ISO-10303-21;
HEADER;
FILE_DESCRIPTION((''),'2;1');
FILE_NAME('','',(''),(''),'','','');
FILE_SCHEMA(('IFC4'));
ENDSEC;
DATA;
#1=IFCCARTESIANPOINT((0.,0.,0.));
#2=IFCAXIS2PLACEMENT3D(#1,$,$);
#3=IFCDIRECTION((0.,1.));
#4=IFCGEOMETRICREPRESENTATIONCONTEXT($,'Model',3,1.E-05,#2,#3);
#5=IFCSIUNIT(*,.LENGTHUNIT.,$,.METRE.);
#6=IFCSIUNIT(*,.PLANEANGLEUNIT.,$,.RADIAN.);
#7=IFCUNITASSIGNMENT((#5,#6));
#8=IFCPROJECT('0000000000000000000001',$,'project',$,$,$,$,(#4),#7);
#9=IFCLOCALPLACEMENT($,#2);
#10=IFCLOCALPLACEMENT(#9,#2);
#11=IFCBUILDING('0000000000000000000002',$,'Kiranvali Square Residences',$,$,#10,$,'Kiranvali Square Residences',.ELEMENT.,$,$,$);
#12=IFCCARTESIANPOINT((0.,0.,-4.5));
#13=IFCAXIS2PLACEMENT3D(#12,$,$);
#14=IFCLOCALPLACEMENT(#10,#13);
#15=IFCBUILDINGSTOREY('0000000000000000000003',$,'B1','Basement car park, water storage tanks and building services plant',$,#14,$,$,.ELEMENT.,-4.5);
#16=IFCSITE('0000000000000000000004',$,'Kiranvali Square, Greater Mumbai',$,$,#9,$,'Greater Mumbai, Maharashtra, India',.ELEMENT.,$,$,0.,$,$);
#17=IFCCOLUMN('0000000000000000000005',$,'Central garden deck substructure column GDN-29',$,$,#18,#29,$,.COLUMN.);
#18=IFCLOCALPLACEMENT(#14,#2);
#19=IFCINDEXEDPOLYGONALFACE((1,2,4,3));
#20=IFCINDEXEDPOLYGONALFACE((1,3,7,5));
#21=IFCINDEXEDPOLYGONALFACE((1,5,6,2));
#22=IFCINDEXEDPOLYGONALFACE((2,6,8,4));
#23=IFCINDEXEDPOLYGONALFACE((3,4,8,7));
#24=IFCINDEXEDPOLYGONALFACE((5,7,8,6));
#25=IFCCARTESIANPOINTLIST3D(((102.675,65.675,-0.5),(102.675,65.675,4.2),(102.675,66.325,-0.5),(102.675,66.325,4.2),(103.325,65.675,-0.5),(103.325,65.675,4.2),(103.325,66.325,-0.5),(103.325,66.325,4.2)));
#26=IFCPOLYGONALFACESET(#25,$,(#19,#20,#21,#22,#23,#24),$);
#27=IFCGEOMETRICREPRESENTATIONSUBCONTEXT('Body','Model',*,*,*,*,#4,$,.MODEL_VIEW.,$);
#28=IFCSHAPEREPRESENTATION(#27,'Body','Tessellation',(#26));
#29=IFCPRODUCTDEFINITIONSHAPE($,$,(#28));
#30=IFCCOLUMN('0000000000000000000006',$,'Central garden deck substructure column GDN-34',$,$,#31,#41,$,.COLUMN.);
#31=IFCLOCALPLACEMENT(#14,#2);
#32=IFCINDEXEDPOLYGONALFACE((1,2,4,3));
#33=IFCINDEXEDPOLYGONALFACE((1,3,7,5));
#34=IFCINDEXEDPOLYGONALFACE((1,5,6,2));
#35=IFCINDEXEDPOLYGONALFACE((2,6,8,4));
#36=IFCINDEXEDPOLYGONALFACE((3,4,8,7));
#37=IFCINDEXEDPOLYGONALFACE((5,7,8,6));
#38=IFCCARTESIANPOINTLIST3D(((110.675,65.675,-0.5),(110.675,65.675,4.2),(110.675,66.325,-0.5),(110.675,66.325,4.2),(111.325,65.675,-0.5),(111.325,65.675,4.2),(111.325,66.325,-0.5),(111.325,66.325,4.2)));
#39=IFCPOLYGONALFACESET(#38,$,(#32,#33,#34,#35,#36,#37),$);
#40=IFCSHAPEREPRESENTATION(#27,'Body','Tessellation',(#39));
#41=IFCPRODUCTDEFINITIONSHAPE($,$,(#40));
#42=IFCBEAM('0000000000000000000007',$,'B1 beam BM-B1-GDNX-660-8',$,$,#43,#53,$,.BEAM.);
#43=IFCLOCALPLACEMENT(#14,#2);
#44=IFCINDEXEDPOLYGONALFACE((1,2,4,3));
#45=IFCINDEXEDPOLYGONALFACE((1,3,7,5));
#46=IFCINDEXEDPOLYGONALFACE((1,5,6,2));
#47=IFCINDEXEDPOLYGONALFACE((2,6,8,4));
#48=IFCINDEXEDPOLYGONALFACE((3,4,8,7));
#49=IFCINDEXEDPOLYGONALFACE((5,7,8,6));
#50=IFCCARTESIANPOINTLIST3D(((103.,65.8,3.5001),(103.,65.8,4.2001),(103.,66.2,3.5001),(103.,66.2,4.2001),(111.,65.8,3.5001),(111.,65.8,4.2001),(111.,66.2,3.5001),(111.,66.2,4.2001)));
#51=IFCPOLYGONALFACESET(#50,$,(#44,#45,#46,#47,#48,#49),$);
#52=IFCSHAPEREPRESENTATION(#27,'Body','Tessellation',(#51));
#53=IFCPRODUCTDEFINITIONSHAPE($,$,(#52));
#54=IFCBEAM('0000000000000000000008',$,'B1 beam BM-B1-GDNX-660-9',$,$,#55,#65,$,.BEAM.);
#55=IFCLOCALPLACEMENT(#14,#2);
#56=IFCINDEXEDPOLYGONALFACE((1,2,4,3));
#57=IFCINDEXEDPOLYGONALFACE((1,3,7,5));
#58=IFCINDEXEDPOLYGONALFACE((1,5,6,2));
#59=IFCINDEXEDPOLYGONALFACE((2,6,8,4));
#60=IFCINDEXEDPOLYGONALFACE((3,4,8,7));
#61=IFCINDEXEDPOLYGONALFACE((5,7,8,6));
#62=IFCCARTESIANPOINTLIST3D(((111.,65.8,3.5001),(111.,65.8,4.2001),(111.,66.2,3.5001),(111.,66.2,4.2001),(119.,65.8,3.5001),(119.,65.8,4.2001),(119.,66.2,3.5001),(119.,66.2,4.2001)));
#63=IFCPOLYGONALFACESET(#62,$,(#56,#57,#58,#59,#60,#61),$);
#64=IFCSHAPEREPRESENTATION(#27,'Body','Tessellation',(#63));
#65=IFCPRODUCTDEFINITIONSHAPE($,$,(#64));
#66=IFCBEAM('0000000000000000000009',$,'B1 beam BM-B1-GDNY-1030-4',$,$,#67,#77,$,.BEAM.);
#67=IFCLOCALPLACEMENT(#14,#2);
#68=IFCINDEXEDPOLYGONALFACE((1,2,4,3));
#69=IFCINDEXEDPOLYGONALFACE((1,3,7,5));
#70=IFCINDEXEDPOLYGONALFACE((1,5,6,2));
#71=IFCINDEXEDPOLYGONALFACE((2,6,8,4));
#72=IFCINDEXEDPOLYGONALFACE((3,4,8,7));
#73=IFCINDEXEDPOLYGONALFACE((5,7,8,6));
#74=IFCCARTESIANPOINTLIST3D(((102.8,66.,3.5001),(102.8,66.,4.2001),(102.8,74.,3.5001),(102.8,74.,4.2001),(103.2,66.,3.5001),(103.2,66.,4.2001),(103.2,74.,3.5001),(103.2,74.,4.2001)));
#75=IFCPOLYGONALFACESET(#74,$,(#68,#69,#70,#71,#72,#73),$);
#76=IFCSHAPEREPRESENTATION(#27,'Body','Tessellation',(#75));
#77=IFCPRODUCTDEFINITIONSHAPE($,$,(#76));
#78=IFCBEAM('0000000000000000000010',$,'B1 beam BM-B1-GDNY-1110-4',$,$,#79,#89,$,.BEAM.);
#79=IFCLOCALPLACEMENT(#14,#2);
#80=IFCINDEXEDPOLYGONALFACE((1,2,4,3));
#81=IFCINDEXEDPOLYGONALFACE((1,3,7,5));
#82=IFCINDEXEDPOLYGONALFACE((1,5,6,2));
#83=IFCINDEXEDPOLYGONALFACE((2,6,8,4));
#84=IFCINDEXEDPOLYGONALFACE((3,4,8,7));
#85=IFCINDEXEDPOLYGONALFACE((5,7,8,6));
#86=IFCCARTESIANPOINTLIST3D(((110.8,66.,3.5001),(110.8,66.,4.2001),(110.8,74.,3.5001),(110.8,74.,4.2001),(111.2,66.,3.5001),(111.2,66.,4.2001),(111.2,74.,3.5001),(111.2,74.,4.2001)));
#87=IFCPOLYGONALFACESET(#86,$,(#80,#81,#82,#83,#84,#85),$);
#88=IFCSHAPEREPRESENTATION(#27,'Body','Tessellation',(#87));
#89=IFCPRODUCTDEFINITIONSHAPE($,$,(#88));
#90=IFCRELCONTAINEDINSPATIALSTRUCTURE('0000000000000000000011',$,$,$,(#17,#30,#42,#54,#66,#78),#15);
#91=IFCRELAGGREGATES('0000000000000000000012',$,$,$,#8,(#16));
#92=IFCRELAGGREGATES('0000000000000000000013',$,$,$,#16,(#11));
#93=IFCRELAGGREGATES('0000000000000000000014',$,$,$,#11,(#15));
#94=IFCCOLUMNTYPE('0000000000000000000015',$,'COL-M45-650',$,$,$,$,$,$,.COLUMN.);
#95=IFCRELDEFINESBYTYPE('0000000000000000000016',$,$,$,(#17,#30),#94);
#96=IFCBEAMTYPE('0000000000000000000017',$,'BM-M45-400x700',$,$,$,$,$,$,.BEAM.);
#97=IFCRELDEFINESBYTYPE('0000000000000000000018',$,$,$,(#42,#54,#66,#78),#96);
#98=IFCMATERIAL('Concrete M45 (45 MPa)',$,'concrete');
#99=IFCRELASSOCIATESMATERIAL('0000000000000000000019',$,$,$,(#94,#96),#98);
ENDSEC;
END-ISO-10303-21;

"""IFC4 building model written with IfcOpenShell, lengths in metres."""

from ifc_helpers import new_model, si_unit, direction, frame, origin, origin_2d, place, context, subcontext, project, spatial, rectangle, extrude, material, material_profile, profile_set, type_object, element, save


model = new_model("IFC4")

# Units and contexts
model_context = context("Model", 3, precision=1e-05, world=origin(), true_north=direction((0.0, 1.0)))
body_context = subcontext(model_context, "Body", "Model", "MODEL_VIEW")
ifc_project = project(units=[si_unit("LENGTHUNIT", "METRE"), si_unit("PLANEANGLEUNIT", "RADIAN")], contexts=[model_context])

# Site, building, storey
site_placement = place(None, origin())
site = spatial("IfcSite", under=ifc_project, at=site_placement, Name="Kiranvali Square, Greater Mumbai", LongName="Greater Mumbai, Maharashtra, India", CompositionType="ELEMENT", RefElevation=0.0)
building_placement = place(site_placement, origin())
building = spatial("IfcBuilding", under=site, at=building_placement, Name="Kiranvali Square Residences", LongName="Kiranvali Square Residences", CompositionType="ELEMENT")
storey_placement = place(building_placement, frame((0.0, 0.0, -4.5)))
storey = spatial("IfcBuildingStorey", under=building, at=storey_placement, Name="B1", Description="Basement car park, water storage tanks and building services plant", CompositionType="ELEMENT", Elevation=-4.5)

# Columns
ifc_material_1 = material(Name="Concrete M45 (45 MPa)", Category="concrete")
ifc_material_profile_1 = material_profile(ifc_material_1, rectangle(XDim=0.6499, YDim=0.6499, at=origin_2d()), Name="RC 650x650")
ifc_profile_set_1 = profile_set([ifc_material_profile_1], Name="Concrete M45 (45 MPa)")
column_type_1 = type_object("IfcColumnType", Name="COL-M45-650", PredefinedType="COLUMN", material=ifc_profile_set_1)
for number, where, z_axis, x_axis, name in (
    (1, (103.0, 66.0, -0.5), (0.0, 0.0, 1.0), (1.0, 0.0, 0.0), "Central garden deck substructure column GDN-29"),
    (2, (111.0, 66.0, -0.5), (0.0, 0.0, 1.0), (1.0, 0.0, 0.0), "Central garden deck substructure column GDN-34"),
):
    element("IfcColumn", number, at=place(storey_placement, frame(where, z_axis=z_axis, x_axis=x_axis)), inside=storey, type_object=column_type_1, Name=name, PredefinedType="COLUMN", context=body_context, shape_type="SweptSolid", body=[
        extrude(rectangle(XDim=0.6499, YDim=0.6499, at=origin_2d()), origin(), (0.0, 0.0, 1.0), 4.7),
    ])

# Beams
ifc_material_profile_2 = material_profile(ifc_material_1, rectangle(XDim=0.3999, YDim=0.7, at=origin_2d()), Name="RC 400x700")
ifc_profile_set_2 = profile_set([ifc_material_profile_2], Name="Concrete M45 (45 MPa)")
beam_type = type_object("IfcBeamType", Name="BM-M45-400x700", PredefinedType="BEAM", material=ifc_profile_set_2)
for number, where, z_axis, x_axis, name in (
    (3, (103.0, 66.0, 3.8501), (1.0, 0.0, 0.0), (0.0, 1.0, 0.0), "B1 beam BM-B1-GDNX-660-8"),
    (4, (111.0, 66.0, 3.8501), (1.0, 0.0, 0.0), (0.0, 1.0, 0.0), "B1 beam BM-B1-GDNX-660-9"),
    (5, (103.0, 66.0, 3.8501), (0.0, 1.0, 0.0), (-1.0, 0.0, 0.0), "B1 beam BM-B1-GDNY-1030-4"),
    (6, (111.0, 66.0, 3.8501), (0.0, 1.0, 0.0), (-1.0, 0.0, 0.0), "B1 beam BM-B1-GDNY-1110-4"),
):
    element("IfcBeam", number, at=place(storey_placement, frame(where, z_axis=z_axis, x_axis=x_axis)), inside=storey, type_object=beam_type, Name=name, PredefinedType="BEAM", context=body_context, shape_type="SweptSolid", body=[
        extrude(rectangle(XDim=0.3999, YDim=0.7, at=origin_2d()), origin(), (0.0, 0.0, 1.0), 8.0),
    ])

save(model, "model.ifc")
